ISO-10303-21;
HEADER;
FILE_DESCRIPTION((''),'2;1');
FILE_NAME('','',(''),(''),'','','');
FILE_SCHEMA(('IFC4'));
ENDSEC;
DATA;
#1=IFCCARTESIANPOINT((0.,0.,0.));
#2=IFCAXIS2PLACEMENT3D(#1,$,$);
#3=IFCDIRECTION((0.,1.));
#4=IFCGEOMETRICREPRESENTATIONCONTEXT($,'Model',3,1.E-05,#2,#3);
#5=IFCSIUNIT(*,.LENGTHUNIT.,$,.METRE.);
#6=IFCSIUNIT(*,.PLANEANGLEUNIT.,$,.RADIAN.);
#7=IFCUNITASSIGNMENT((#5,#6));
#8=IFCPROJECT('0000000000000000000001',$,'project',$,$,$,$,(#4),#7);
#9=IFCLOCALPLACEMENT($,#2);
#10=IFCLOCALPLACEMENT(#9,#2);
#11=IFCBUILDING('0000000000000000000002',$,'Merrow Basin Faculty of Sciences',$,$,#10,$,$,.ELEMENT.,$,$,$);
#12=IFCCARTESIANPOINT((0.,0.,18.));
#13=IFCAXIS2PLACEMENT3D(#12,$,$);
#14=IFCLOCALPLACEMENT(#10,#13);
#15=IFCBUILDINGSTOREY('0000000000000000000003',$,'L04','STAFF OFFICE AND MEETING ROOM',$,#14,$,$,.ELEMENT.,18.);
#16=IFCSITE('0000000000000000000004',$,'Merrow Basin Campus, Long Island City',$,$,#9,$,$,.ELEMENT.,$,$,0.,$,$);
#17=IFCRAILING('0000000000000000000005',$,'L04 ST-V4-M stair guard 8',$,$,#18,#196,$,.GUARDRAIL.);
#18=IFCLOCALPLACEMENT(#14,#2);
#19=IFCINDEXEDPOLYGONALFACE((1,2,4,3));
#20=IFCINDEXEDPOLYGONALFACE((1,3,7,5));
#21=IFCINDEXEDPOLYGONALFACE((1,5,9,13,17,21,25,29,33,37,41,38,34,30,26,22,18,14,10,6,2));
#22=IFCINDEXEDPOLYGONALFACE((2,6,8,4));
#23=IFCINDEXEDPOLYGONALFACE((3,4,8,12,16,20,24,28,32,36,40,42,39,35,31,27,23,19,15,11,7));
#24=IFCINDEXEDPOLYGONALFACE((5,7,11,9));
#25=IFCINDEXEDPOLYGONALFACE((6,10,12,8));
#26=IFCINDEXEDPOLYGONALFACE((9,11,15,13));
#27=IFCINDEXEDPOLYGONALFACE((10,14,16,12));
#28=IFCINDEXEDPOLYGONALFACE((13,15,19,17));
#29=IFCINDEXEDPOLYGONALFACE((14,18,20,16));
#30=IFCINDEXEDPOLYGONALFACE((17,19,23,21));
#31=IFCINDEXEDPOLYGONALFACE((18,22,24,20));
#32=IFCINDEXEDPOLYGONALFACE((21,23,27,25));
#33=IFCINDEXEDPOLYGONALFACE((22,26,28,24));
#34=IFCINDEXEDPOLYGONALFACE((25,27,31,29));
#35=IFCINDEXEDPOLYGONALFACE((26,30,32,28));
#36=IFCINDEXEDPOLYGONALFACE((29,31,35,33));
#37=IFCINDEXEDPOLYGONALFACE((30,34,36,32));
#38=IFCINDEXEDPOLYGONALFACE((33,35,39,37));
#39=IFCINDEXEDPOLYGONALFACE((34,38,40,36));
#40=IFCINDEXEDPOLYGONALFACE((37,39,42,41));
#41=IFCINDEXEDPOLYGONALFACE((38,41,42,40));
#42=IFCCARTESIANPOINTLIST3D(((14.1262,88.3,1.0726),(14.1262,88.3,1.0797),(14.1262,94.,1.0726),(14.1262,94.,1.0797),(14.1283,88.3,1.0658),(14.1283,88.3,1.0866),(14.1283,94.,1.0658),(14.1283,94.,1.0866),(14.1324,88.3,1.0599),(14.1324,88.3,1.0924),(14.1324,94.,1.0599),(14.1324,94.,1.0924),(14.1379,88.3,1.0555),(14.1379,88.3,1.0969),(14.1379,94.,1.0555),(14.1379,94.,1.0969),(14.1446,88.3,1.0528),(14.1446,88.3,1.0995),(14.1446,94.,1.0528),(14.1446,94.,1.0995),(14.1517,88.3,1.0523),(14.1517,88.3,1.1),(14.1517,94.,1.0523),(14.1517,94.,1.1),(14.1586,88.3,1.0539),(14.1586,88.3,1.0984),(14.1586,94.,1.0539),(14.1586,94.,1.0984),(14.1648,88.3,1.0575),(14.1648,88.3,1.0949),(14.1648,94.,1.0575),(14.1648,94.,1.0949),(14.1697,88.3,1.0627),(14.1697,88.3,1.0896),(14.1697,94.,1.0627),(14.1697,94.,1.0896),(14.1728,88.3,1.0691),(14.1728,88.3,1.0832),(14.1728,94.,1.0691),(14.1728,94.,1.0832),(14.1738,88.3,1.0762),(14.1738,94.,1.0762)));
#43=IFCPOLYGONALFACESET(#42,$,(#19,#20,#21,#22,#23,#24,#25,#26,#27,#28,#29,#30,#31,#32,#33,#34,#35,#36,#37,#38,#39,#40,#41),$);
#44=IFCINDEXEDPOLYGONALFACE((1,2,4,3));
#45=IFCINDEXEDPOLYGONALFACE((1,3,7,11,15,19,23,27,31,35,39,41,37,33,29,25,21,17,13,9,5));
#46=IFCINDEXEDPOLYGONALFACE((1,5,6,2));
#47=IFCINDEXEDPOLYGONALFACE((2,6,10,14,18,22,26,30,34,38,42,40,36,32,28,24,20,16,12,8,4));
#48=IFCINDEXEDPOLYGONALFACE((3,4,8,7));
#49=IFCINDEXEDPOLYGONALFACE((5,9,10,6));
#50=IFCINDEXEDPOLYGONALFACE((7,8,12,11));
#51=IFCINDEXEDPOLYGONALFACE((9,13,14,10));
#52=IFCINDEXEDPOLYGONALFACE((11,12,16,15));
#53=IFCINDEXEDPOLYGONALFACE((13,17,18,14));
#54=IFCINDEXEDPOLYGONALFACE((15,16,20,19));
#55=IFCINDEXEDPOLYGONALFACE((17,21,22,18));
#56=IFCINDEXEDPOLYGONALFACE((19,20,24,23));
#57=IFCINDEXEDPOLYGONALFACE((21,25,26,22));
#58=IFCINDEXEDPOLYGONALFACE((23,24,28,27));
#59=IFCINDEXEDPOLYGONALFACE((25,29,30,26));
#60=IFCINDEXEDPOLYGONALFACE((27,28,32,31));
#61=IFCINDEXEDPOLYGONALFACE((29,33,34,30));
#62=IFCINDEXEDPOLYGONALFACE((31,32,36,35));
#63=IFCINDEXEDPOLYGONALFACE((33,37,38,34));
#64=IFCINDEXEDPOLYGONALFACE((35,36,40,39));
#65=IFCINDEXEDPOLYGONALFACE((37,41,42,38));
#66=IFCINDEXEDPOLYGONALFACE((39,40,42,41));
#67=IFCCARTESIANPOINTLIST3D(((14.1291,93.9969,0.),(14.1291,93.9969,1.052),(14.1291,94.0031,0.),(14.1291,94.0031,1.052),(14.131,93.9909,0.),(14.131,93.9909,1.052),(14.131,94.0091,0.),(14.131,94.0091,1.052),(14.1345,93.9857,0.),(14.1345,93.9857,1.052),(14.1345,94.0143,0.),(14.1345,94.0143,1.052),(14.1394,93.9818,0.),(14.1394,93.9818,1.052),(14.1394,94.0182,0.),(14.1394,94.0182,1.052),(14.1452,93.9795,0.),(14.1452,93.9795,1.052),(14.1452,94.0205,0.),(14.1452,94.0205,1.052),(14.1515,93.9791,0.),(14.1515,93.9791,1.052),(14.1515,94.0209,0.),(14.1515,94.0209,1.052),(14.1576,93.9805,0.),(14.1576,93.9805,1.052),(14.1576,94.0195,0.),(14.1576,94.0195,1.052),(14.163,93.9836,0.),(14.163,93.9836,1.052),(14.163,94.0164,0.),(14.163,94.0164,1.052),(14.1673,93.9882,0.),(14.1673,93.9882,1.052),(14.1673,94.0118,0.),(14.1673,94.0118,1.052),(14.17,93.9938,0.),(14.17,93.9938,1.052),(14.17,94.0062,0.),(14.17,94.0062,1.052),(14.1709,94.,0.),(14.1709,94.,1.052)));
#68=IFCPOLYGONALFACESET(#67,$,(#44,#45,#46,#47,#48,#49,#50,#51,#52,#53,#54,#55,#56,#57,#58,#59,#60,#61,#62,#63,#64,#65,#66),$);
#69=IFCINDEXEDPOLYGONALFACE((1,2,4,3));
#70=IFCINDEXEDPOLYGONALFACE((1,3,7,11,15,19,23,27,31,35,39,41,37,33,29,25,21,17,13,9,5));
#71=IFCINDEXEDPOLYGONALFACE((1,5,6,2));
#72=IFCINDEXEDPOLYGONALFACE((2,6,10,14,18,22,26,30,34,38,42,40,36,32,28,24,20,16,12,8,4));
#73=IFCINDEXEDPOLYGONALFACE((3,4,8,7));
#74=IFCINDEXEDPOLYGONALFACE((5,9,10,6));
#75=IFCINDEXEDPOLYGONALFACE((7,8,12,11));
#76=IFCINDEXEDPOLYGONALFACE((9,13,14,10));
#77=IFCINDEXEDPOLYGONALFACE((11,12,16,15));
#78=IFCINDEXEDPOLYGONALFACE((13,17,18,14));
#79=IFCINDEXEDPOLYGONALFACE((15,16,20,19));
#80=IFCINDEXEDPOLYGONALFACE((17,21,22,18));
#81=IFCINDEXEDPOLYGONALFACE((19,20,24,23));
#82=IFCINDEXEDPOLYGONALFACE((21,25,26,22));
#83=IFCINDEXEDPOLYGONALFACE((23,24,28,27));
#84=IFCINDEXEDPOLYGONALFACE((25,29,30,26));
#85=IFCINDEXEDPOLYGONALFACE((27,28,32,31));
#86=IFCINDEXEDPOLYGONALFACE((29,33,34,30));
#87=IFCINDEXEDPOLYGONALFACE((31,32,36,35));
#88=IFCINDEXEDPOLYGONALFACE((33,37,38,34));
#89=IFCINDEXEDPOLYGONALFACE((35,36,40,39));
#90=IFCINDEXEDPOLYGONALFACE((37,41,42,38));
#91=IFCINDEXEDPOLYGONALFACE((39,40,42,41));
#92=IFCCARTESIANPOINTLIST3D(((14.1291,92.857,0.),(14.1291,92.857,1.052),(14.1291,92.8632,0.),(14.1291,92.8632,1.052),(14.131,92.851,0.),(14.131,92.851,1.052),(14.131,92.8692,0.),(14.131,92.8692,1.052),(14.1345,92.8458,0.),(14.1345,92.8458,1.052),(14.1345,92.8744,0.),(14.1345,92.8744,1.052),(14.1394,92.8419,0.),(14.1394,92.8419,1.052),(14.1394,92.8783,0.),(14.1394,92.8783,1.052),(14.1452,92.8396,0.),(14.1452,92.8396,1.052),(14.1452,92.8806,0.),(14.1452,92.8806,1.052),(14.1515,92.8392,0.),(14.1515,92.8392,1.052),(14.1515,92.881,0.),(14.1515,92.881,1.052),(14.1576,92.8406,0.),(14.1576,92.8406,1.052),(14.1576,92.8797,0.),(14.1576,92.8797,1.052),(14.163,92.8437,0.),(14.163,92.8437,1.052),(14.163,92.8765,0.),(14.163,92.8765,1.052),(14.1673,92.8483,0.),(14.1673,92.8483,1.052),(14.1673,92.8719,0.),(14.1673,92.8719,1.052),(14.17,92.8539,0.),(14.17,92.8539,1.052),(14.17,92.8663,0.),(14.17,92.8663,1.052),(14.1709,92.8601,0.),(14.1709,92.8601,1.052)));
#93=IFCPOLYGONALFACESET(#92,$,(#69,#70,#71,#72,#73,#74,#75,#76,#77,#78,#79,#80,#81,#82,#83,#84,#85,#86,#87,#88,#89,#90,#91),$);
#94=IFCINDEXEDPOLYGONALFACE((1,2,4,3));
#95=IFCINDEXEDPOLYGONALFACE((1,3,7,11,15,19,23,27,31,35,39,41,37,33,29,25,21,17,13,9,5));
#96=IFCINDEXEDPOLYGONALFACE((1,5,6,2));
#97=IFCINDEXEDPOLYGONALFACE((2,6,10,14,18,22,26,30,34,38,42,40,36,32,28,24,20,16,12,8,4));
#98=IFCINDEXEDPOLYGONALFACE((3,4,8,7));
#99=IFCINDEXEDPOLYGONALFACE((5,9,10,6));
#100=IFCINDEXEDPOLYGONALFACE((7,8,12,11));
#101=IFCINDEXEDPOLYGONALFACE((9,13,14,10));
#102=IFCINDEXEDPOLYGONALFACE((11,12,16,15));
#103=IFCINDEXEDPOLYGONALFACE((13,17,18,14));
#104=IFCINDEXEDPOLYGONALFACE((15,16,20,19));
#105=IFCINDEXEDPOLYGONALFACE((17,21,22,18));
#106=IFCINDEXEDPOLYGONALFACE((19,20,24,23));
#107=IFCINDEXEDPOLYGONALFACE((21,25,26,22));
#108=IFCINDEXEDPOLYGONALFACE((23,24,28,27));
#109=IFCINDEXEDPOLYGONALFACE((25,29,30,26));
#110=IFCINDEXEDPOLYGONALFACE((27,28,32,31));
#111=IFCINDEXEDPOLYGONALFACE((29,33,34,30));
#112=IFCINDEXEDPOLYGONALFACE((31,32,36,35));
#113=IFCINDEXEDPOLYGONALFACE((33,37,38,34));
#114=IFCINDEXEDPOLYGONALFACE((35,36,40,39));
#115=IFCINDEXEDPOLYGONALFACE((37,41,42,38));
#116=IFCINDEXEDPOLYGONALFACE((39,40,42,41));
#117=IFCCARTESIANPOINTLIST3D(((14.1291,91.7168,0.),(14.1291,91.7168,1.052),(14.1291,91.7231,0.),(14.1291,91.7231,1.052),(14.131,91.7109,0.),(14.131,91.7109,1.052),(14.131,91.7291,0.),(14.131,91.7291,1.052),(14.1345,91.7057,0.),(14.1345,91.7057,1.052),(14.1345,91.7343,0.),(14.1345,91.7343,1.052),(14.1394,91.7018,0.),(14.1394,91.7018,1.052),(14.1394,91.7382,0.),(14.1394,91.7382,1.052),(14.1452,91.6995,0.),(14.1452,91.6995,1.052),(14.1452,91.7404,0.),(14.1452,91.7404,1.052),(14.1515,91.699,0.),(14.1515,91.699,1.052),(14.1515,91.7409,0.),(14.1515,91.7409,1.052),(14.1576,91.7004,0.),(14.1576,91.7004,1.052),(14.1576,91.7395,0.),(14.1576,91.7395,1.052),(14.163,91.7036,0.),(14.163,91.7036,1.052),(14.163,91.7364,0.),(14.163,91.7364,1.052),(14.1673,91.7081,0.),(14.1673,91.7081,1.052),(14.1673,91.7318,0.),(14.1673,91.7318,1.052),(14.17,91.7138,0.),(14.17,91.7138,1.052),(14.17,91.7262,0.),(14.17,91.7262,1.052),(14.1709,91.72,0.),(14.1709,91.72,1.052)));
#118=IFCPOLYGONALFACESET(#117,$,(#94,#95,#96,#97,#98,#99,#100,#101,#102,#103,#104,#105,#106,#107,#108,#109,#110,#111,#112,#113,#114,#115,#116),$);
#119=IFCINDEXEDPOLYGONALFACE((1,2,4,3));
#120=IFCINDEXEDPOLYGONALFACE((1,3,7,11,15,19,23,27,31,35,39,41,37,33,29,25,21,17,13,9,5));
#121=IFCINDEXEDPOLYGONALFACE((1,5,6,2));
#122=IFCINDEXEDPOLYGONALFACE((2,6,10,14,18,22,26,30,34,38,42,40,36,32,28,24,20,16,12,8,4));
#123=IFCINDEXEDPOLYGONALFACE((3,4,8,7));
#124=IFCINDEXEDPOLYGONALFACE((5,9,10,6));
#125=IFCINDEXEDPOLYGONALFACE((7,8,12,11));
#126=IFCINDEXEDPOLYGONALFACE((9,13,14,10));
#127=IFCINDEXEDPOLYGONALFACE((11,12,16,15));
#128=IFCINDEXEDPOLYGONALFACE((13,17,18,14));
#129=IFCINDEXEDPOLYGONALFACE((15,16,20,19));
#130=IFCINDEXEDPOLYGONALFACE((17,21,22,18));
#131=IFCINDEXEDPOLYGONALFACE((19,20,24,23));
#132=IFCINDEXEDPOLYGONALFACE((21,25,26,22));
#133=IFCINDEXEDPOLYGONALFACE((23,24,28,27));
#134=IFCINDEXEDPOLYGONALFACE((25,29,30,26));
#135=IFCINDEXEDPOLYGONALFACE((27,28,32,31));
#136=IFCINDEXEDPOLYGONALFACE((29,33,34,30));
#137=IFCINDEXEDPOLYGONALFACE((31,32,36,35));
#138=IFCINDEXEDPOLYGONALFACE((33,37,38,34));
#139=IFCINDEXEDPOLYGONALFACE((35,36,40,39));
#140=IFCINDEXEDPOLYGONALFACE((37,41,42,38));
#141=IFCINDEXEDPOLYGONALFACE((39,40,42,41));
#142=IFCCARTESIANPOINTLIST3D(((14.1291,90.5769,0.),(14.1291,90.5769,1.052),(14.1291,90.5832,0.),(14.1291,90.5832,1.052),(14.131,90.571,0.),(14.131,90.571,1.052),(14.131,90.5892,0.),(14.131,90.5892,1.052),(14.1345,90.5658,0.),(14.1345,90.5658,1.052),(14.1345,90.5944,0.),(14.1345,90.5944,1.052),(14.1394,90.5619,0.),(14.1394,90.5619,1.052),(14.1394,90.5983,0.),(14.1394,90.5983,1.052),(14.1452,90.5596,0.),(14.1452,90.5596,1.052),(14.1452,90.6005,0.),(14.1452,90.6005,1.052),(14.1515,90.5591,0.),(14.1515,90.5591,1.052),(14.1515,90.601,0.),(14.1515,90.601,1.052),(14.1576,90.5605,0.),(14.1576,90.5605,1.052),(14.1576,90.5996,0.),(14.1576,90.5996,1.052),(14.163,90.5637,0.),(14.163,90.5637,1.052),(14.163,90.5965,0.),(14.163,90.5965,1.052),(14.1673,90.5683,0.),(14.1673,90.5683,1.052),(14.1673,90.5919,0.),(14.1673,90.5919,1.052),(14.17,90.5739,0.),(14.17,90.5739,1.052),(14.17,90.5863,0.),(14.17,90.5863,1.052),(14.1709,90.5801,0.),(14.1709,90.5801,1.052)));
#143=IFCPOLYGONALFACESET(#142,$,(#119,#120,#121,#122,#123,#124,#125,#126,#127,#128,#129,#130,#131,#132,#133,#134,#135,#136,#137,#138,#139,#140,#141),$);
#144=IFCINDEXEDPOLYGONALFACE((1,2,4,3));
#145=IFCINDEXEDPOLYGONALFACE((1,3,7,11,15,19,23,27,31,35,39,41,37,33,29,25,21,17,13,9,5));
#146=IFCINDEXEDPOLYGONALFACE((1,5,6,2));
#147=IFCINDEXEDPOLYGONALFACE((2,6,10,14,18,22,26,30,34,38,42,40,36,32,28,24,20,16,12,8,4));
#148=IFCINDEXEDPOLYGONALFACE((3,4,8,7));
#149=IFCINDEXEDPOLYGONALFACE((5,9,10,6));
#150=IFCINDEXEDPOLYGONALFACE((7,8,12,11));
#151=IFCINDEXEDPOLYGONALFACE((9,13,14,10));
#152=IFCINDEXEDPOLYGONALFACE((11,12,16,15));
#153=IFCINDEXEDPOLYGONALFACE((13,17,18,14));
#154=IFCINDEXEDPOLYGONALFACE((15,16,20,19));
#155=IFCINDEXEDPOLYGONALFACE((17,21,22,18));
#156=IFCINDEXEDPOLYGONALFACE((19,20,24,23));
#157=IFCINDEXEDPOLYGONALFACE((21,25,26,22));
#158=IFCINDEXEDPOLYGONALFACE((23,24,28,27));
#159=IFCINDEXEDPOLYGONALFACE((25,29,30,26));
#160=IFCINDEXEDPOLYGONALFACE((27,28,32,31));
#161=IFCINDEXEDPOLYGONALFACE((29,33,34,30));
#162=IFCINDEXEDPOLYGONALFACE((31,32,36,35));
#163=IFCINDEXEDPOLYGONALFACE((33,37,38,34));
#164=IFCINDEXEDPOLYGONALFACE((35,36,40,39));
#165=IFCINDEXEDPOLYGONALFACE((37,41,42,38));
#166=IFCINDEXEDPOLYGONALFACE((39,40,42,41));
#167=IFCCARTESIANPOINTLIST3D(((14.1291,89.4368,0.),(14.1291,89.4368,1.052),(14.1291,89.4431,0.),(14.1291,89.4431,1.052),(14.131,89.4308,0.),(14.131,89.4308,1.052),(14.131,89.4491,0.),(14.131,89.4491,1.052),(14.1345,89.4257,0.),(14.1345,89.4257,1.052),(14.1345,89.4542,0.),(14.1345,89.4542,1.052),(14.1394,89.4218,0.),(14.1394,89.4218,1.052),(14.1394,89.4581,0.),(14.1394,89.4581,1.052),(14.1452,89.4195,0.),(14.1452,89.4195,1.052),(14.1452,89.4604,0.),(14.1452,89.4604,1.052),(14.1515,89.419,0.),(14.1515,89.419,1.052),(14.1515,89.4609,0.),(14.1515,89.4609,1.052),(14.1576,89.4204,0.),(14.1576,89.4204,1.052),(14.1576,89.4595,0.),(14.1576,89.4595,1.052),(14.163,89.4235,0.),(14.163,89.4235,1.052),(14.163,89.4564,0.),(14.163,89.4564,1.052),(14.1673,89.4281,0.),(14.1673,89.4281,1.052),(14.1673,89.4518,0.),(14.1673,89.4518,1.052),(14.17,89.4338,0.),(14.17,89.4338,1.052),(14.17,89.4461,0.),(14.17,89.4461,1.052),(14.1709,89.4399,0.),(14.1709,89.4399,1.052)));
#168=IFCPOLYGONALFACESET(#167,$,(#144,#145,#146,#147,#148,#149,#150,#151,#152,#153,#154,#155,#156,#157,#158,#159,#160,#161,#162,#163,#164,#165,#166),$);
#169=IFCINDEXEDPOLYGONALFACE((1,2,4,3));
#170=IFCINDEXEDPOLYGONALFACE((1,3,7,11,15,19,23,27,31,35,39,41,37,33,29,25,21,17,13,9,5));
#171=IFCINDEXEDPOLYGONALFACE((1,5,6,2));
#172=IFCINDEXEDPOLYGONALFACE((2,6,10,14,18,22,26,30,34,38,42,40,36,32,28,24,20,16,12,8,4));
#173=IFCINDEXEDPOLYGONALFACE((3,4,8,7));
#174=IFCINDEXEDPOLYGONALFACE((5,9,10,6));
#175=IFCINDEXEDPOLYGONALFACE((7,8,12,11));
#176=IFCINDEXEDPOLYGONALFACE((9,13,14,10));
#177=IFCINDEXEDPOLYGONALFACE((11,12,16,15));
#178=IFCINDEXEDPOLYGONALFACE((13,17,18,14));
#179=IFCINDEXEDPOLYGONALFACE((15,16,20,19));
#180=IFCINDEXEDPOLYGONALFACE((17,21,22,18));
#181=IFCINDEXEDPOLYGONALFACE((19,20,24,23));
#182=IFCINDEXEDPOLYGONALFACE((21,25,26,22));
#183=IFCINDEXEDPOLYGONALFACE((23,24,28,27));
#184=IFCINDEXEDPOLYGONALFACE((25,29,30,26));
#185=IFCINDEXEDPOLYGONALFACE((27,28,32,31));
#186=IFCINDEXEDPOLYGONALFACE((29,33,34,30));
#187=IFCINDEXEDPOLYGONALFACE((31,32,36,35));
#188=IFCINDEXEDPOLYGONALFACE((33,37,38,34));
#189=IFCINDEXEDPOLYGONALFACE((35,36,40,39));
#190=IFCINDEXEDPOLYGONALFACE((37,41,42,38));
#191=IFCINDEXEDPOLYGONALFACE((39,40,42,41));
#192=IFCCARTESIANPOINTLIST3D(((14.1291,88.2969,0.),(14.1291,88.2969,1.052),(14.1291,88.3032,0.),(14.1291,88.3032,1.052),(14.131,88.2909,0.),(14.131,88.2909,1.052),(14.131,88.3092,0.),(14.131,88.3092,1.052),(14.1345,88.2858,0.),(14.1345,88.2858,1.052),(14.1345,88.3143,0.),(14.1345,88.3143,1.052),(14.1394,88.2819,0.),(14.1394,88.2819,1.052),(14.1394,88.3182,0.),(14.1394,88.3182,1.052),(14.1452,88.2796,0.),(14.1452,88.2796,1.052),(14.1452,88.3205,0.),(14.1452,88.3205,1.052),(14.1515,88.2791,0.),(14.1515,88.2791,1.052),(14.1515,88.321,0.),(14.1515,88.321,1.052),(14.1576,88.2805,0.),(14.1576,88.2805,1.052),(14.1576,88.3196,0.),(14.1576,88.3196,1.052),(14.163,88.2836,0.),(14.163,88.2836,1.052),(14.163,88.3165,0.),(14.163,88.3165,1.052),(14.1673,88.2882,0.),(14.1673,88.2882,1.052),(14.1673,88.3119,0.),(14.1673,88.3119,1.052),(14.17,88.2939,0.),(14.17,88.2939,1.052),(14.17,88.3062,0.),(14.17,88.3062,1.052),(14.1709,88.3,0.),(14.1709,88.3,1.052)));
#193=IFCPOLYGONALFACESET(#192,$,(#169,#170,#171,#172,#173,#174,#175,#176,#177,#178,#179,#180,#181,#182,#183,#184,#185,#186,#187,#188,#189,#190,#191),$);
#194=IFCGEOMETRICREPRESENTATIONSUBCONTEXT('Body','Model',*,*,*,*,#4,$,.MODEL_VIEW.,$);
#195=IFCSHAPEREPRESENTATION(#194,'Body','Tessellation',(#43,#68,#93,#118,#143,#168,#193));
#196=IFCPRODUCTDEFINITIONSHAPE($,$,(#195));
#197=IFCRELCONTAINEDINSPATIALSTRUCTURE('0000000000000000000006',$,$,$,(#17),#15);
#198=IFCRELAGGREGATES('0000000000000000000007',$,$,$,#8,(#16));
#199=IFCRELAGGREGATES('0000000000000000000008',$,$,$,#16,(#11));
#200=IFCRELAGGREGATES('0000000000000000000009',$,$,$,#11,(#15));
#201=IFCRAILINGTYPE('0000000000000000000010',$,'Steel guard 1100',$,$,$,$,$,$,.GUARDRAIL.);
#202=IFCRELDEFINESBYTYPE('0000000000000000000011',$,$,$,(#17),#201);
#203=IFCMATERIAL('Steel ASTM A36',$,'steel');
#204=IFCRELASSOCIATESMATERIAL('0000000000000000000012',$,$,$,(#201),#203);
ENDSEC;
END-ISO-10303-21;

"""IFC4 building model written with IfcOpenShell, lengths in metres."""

from ifc_helpers import new_model, si_unit, direction, frame, origin, origin_2d, place, context, subcontext, project, spatial, circle, extrude, material, type_object, element, save


model = new_model("IFC4")

# Units and contexts
model_context = context("Model", 3, precision=1e-05, world=origin(), true_north=direction((0.0, 1.0)))
body_context = subcontext(model_context, "Body", "Model", "MODEL_VIEW")
ifc_project = project(units=[si_unit("LENGTHUNIT", "METRE"), si_unit("PLANEANGLEUNIT", "RADIAN")], contexts=[model_context])

# Site, building, storey
site_placement = place(None, origin())
site = spatial("IfcSite", under=ifc_project, at=site_placement, Name="Merrow Basin Campus, Long Island City", CompositionType="ELEMENT", RefElevation=0.0)
building_placement = place(site_placement, origin())
building = spatial("IfcBuilding", under=site, at=building_placement, Name="Merrow Basin Faculty of Sciences", CompositionType="ELEMENT")
storey_placement = place(building_placement, frame((0.0, 0.0, 18.0)))
storey = spatial("IfcBuildingStorey", under=building, at=storey_placement, Name="L04", Description="STAFF OFFICE AND MEETING ROOM", CompositionType="ELEMENT", Elevation=18.0)

# Railing
ifc_material_1 = material(Name="Steel ASTM A36", Category="steel")
railing_type = type_object("IfcRailingType", Name="Steel guard 1100", PredefinedType="GUARDRAIL", material=ifc_material_1)
railing_1_placement = place(storey_placement, frame((14.1499, 94.0, 0.0)))
element("IfcRailing", 1, at=railing_1_placement, inside=storey, type_object=railing_type, Name="L04 ST-V4-M stair guard 8", PredefinedType="GUARDRAIL", context=body_context, shape_type="SweptSolid", body=[
    extrude(circle(Radius=0.0239, at=origin_2d()), frame((0.0, 0.0, 1.0762), z_axis=(0.0, -1.0, 0.0), x_axis=(1.0, 0.0, 0.0)), (0.0, 0.0, 1.0), 5.7),
    extrude(circle(Radius=0.021, at=origin_2d()), origin(), (0.0, 0.0, 1.0), 1.052),
    extrude(circle(Radius=0.021, at=origin_2d()), frame((0.0, -1.1399, 0.0)), (0.0, 0.0, 1.0), 1.052),
    extrude(circle(Radius=0.021, at=origin_2d()), frame((0.0, -2.28, 0.0)), (0.0, 0.0, 1.0), 1.052),
    extrude(circle(Radius=0.021, at=origin_2d()), frame((0.0, -3.4199, 0.0)), (0.0, 0.0, 1.0), 1.052),
    extrude(circle(Radius=0.021, at=origin_2d()), frame((0.0, -4.5601, 0.0)), (0.0, 0.0, 1.0), 1.052),
    extrude(circle(Radius=0.021, at=origin_2d()), frame((0.0, -5.7, 0.0)), (0.0, 0.0, 1.0), 1.052),
])

save(model, "model.ifc")
